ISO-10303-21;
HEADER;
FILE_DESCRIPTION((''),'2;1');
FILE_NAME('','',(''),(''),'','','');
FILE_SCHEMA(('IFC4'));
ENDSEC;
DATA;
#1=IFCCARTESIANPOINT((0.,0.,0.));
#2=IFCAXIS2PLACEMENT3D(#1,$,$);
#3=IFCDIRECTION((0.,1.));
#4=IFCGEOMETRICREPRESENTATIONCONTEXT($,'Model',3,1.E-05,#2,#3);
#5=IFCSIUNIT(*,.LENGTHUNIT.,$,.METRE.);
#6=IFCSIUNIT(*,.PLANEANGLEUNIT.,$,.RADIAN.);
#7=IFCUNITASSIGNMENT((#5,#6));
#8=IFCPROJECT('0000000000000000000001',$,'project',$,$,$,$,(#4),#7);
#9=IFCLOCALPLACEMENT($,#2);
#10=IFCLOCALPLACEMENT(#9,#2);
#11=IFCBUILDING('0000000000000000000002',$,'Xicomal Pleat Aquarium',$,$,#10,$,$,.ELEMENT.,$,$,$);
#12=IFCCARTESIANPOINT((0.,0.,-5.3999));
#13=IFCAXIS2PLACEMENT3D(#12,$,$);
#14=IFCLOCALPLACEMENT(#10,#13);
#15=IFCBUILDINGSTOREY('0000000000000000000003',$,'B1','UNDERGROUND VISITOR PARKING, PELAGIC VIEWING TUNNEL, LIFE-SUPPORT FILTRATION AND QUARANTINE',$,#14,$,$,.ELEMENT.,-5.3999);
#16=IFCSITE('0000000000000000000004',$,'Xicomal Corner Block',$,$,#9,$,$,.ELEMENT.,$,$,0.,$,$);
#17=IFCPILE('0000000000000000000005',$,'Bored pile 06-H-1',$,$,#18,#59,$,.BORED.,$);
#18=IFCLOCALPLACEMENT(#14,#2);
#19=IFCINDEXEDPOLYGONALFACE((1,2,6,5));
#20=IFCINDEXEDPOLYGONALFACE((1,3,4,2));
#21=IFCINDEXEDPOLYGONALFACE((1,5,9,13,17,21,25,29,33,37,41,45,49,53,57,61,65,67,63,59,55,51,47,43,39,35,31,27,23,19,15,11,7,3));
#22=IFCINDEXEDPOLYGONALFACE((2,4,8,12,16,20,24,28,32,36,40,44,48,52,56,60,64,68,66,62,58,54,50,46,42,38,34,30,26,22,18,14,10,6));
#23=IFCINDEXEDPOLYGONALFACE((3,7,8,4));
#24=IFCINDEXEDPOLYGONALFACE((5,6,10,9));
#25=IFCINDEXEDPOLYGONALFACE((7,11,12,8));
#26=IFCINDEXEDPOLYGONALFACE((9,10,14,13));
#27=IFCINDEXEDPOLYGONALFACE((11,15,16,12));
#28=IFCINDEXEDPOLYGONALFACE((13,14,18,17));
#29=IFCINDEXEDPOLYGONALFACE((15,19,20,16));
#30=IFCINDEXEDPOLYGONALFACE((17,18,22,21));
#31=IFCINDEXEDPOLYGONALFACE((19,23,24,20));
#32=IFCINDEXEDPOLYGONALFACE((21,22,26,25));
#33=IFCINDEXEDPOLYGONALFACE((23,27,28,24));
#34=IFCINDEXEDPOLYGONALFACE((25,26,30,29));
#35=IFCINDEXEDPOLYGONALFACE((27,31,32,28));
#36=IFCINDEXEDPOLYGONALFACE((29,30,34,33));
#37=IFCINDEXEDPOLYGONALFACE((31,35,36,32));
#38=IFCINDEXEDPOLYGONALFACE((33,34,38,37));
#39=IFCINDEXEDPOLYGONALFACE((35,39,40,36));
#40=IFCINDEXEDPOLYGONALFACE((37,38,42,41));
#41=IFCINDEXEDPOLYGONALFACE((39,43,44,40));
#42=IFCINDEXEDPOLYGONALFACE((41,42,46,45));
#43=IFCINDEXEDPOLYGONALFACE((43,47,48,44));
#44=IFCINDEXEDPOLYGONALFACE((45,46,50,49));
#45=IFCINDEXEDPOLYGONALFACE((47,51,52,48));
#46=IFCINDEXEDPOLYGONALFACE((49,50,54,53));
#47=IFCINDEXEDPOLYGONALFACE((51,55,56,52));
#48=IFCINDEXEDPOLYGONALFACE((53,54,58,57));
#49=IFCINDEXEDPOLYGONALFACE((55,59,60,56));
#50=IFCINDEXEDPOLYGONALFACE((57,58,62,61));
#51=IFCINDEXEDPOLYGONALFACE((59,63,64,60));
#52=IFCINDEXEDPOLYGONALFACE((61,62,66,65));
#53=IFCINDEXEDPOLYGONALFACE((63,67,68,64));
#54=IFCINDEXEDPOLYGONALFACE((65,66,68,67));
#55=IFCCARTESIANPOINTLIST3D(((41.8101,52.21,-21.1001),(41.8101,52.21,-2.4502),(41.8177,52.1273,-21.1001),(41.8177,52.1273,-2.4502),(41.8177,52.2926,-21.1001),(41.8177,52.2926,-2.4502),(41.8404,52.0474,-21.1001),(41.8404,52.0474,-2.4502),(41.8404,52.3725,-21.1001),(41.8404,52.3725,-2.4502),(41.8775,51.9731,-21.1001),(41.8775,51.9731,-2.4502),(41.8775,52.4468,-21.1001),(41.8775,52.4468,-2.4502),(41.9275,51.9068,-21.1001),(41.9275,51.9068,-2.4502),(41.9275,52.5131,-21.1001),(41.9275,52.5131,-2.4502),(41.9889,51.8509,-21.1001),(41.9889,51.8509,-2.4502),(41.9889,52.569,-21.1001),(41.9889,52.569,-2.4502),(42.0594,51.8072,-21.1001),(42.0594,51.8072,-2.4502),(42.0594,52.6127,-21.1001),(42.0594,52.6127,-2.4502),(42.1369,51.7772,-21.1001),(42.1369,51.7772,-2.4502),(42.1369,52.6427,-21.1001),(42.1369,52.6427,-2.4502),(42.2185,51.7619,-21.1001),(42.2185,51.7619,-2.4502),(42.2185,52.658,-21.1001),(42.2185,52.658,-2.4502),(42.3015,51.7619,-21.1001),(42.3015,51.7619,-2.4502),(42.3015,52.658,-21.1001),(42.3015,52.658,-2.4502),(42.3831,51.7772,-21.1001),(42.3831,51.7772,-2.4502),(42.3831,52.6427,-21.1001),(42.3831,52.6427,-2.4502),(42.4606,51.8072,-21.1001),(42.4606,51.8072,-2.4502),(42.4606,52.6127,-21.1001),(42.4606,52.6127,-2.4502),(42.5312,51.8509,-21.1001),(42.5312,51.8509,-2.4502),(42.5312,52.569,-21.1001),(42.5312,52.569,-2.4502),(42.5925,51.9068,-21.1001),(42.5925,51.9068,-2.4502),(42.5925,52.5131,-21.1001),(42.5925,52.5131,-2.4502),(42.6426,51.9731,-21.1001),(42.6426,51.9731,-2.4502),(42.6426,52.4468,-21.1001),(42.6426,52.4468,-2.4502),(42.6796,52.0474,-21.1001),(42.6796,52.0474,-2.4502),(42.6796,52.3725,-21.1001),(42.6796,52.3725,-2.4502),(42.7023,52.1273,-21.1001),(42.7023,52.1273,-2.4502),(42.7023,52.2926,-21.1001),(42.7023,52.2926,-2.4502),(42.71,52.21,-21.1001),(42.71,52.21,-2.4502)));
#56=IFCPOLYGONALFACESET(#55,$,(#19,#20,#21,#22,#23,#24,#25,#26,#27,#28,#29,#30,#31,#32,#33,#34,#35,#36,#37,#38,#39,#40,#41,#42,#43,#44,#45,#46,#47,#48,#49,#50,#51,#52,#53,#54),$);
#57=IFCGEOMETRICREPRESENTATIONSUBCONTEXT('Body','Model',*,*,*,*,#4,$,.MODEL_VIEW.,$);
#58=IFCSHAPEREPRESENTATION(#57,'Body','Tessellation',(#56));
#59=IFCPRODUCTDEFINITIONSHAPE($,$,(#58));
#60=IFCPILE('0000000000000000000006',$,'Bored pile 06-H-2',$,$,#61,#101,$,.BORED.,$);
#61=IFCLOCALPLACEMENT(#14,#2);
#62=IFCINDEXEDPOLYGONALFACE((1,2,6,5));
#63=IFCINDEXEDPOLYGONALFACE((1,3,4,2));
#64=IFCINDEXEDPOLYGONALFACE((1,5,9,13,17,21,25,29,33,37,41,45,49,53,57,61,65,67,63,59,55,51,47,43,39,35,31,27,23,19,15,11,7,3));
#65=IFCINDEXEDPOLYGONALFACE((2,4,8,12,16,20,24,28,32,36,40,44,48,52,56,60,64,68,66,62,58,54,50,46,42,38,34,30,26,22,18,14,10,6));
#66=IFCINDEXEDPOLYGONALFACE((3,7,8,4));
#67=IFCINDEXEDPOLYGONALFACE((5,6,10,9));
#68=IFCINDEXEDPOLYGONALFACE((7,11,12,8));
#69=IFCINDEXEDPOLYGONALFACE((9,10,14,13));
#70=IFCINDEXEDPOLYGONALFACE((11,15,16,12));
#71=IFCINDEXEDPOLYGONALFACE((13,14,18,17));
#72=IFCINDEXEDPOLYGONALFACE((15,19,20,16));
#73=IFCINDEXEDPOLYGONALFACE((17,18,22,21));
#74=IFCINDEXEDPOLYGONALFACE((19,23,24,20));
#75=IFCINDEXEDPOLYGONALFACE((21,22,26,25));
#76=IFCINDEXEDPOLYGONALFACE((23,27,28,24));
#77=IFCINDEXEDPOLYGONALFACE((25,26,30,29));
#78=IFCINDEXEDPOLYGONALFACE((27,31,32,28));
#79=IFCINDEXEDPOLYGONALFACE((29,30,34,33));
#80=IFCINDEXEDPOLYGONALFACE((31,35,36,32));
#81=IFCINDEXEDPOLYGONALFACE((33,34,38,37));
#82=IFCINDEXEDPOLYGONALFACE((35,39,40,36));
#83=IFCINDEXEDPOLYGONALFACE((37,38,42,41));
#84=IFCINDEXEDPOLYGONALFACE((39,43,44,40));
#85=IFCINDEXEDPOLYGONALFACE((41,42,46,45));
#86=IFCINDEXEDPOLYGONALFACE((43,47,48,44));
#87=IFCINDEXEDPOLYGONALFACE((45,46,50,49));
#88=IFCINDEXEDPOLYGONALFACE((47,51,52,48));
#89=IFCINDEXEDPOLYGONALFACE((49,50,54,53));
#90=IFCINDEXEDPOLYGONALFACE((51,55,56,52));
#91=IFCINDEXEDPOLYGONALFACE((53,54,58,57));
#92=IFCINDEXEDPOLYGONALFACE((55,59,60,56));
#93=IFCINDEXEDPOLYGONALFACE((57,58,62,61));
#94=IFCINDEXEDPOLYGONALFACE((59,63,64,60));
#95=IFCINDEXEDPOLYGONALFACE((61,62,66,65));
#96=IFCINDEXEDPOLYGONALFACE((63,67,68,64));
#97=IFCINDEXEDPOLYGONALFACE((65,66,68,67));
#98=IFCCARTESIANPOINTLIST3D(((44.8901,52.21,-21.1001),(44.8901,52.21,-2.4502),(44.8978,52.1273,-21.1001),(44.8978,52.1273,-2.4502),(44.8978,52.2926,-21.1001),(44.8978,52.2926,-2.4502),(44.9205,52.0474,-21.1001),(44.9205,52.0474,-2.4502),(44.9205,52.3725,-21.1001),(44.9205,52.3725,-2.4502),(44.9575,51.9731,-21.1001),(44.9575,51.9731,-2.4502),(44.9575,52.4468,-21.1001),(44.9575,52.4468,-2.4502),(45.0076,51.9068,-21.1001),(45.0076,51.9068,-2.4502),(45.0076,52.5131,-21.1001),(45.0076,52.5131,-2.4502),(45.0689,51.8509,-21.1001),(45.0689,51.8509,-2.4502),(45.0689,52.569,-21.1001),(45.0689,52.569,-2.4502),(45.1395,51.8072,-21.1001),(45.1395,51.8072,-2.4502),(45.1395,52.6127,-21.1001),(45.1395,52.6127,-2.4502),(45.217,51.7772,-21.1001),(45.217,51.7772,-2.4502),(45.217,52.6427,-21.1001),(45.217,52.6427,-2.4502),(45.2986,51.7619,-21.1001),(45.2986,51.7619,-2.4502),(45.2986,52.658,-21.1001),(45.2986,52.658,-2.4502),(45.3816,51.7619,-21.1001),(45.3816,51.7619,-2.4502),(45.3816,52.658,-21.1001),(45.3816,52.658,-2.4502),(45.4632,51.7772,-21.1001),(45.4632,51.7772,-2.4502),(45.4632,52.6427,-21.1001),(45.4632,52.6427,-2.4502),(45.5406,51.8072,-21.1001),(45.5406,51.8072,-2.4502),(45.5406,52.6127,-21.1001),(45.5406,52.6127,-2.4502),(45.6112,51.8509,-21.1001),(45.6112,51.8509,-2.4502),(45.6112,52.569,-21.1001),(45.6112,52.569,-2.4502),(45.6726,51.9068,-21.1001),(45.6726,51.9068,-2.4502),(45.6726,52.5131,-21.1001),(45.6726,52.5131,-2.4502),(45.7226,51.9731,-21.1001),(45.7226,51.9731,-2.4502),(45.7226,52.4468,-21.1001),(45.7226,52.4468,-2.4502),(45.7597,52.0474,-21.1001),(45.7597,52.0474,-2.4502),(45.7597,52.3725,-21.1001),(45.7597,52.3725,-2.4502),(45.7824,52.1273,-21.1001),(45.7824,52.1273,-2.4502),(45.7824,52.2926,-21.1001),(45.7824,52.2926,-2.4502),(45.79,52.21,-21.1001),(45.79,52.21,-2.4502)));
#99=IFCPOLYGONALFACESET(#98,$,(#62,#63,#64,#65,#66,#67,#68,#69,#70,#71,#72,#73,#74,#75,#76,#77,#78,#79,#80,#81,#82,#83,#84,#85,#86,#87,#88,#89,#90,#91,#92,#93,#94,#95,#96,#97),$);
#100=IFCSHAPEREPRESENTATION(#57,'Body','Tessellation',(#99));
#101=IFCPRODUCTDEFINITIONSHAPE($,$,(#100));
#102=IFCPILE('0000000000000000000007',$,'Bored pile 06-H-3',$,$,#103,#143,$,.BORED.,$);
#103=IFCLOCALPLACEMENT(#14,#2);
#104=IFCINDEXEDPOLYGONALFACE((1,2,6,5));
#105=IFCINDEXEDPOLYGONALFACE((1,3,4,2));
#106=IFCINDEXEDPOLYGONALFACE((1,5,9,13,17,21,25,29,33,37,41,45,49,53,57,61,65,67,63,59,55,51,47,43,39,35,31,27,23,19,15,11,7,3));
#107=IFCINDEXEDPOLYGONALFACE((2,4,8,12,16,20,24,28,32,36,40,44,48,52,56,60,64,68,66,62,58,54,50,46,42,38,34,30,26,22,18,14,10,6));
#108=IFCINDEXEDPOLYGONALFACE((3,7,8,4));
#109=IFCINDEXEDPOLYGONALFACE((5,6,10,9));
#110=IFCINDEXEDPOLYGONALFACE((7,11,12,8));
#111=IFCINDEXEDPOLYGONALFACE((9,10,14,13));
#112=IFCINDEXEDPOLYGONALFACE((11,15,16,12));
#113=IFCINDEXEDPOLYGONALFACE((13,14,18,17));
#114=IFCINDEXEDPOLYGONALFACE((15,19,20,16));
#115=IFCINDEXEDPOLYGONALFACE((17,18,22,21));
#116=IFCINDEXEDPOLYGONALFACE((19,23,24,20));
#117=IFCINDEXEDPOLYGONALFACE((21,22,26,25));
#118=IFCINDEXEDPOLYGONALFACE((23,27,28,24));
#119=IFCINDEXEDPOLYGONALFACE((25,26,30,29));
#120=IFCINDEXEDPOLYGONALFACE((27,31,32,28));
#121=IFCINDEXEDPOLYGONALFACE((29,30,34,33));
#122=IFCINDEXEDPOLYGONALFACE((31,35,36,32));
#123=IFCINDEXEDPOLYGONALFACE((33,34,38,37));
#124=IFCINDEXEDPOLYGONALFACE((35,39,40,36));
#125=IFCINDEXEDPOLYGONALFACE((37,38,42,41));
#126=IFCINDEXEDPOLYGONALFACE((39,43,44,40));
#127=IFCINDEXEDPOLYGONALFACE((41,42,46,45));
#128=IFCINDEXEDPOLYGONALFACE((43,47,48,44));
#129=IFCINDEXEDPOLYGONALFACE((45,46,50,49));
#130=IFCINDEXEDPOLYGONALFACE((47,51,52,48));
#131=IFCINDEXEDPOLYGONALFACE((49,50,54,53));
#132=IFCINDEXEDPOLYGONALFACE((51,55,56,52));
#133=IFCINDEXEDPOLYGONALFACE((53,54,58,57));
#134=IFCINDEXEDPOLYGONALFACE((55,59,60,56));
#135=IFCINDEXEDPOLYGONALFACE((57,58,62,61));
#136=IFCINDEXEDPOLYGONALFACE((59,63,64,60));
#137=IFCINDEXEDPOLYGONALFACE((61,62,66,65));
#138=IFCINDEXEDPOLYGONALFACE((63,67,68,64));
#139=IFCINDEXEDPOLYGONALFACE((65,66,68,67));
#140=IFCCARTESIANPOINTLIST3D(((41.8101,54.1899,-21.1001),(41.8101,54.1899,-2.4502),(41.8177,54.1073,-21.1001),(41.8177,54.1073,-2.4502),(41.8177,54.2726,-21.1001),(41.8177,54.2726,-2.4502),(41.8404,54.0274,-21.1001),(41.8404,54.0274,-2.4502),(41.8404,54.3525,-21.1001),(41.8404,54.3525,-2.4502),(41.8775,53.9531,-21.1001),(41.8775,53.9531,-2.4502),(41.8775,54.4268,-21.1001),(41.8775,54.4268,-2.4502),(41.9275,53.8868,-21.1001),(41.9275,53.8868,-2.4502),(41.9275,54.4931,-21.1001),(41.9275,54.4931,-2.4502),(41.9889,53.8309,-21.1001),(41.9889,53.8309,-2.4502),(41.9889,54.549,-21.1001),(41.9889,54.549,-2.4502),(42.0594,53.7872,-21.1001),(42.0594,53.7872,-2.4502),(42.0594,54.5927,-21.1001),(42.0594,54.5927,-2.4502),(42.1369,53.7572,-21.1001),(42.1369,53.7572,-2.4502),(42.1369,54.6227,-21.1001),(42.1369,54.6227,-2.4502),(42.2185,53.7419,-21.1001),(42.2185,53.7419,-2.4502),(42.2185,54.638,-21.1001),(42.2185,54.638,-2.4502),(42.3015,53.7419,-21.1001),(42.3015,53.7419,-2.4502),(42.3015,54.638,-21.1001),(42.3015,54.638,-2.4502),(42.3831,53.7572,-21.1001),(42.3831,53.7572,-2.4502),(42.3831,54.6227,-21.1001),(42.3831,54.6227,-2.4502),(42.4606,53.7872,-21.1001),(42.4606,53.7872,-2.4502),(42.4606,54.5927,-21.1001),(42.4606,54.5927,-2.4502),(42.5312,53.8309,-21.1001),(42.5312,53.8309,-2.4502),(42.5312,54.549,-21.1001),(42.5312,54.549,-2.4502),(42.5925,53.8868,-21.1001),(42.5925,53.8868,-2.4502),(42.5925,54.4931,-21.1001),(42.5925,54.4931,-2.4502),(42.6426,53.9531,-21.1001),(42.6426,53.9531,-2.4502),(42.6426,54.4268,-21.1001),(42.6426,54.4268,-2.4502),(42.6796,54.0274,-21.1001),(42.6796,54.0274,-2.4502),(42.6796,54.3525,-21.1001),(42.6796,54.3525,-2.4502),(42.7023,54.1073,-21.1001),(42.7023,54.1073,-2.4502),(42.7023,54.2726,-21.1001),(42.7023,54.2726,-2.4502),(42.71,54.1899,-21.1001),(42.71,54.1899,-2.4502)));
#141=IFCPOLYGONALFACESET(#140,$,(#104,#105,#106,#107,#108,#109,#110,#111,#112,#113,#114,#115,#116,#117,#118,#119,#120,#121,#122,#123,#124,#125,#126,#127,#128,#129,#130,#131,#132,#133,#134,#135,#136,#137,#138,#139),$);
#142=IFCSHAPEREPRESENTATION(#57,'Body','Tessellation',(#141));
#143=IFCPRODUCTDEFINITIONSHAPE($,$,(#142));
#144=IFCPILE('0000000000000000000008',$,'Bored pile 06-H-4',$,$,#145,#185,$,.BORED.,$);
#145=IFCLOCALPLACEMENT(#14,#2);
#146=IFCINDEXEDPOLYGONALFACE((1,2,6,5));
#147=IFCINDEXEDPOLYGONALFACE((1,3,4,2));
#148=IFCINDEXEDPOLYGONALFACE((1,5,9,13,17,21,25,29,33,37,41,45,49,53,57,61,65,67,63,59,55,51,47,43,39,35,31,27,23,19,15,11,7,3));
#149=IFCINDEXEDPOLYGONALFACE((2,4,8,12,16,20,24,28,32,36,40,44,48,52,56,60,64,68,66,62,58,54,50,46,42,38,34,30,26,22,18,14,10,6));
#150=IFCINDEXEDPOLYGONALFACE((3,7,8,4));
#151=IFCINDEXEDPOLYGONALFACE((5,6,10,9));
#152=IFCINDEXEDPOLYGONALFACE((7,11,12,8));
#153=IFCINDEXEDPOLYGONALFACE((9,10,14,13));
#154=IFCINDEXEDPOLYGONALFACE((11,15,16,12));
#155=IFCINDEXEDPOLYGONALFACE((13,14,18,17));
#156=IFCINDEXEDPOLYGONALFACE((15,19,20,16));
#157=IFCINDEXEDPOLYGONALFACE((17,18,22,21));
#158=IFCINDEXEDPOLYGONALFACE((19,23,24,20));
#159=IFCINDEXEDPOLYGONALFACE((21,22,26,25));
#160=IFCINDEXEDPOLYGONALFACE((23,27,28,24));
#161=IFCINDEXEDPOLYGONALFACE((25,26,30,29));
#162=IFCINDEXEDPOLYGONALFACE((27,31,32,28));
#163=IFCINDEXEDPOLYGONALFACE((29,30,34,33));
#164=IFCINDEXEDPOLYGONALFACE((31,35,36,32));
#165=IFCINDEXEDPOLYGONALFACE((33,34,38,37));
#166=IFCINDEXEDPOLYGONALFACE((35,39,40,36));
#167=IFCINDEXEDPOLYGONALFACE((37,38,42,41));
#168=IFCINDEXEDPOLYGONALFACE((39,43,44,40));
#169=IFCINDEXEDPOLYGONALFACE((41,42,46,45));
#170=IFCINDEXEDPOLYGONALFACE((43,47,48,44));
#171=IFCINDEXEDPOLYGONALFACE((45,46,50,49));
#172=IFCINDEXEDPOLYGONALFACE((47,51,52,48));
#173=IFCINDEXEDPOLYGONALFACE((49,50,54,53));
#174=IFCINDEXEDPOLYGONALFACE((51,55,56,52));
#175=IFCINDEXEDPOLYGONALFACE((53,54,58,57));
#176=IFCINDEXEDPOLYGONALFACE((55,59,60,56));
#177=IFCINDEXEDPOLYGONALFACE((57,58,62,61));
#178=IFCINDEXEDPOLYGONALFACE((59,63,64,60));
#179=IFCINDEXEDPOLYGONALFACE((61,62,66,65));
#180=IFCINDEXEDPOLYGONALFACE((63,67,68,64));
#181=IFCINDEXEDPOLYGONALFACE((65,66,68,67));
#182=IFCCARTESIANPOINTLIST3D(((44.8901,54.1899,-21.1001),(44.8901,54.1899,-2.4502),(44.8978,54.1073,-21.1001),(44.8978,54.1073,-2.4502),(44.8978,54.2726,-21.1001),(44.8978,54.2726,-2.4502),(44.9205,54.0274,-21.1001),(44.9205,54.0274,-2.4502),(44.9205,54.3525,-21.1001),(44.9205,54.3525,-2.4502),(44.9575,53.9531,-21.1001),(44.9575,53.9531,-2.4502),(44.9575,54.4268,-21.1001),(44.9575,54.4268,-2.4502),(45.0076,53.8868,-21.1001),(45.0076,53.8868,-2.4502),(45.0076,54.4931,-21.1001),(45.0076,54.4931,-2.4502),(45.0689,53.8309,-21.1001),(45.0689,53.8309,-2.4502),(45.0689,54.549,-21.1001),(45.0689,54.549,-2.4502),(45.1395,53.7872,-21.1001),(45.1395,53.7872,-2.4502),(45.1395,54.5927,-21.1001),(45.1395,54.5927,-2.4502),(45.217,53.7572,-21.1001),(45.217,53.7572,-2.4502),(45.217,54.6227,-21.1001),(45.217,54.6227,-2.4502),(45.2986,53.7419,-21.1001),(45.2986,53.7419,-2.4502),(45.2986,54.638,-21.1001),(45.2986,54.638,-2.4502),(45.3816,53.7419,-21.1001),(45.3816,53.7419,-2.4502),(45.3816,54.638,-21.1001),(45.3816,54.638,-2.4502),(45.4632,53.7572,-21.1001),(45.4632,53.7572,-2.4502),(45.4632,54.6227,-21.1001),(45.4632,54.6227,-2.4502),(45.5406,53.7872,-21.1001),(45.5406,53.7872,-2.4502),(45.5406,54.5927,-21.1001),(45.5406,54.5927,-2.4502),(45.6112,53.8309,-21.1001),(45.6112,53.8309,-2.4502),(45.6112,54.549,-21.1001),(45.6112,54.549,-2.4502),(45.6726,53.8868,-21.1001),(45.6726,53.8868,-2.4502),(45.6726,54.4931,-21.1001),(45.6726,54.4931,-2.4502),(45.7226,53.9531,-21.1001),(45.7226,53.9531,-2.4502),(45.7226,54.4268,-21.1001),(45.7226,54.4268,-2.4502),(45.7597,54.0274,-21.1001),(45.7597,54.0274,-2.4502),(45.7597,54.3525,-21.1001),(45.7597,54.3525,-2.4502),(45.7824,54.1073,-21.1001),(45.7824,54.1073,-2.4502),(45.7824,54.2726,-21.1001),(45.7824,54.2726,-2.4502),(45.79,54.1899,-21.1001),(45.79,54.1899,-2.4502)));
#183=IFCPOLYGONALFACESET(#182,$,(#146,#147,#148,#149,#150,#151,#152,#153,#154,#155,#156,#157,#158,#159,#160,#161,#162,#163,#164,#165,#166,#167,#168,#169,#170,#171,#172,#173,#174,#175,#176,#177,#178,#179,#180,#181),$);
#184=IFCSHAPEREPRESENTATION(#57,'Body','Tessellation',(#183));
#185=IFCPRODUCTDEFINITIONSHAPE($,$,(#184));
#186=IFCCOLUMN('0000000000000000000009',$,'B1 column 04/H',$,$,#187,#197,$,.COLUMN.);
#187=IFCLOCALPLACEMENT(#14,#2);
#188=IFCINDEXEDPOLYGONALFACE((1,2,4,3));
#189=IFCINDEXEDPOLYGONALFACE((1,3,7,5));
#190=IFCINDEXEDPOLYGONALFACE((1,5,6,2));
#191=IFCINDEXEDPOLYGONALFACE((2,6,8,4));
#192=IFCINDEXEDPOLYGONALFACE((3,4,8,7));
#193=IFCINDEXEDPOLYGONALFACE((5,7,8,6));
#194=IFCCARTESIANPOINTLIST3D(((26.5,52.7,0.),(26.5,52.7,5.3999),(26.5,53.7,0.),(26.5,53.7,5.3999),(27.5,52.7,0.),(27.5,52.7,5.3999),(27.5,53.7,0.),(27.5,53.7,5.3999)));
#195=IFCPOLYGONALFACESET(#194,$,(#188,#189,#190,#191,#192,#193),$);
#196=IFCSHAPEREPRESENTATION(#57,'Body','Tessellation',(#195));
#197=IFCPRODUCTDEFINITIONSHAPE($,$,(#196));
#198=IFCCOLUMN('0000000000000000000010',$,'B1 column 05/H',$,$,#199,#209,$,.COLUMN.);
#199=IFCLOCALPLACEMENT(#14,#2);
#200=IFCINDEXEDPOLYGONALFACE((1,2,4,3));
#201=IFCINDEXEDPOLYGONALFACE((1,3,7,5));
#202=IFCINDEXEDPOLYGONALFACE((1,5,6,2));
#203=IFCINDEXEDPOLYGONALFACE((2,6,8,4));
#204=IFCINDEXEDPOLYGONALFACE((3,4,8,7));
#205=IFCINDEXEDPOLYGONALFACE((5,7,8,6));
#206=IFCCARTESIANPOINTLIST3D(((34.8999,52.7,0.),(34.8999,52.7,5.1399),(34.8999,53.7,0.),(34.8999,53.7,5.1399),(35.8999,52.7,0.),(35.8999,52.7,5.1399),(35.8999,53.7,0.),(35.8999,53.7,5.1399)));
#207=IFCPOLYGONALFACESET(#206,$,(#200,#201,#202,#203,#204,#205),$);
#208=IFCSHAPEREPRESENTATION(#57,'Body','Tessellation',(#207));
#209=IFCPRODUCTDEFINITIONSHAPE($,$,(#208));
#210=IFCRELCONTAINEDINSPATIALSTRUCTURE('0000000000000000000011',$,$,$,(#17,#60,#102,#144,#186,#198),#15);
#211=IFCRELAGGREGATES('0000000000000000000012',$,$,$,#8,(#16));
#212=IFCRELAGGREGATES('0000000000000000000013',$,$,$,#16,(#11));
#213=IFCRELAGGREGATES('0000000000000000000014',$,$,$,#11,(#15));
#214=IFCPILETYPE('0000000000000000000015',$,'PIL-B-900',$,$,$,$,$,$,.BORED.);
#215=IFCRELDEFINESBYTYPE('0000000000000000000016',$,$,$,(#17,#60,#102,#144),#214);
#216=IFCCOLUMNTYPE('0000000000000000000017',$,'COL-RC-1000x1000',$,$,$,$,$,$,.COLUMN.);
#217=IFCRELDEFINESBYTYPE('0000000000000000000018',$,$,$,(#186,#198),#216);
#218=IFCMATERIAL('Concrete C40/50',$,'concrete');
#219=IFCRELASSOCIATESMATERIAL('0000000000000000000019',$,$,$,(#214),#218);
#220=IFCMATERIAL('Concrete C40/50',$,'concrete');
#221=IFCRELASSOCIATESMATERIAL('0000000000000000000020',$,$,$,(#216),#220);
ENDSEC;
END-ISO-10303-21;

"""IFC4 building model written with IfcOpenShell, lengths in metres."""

from ifc_helpers import new_model, si_unit, direction, frame, origin, origin_2d, place, context, subcontext, project, spatial, rectangle, circle, extrude, material, material_profile, profile_set, type_object, element, save


model = new_model("IFC4")

# Units and contexts
model_context = context("Model", 3, precision=1e-05, world=origin(), true_north=direction((0.0, 1.0)))
body_context = subcontext(model_context, "Body", "Model", "MODEL_VIEW")
ifc_project = project(units=[si_unit("LENGTHUNIT", "METRE"), si_unit("PLANEANGLEUNIT", "RADIAN")], contexts=[model_context])

# Site, building, storey
site_placement = place(None, origin())
site = spatial("IfcSite", under=ifc_project, at=site_placement, Name="Xicomal Corner Block", CompositionType="ELEMENT", RefElevation=0.0)
building_placement = place(site_placement, origin())
building = spatial("IfcBuilding", under=site, at=building_placement, Name="Xicomal Pleat Aquarium", CompositionType="ELEMENT")
storey_placement = place(building_placement, frame((0.0, 0.0, -5.3999)))
storey = spatial("IfcBuildingStorey", under=building, at=storey_placement, Name="B1", Description="UNDERGROUND VISITOR PARKING, PELAGIC VIEWING TUNNEL, LIFE-SUPPORT FILTRATION AND QUARANTINE", CompositionType="ELEMENT", Elevation=-5.3999)

# Piles
ifc_material_1 = material(Name="Concrete C40/50", Category="concrete")
ifc_material_profile_1 = material_profile(ifc_material_1, circle(Radius=0.45, at=origin_2d()), Name="BORED PILE D900")
ifc_profile_set_1 = profile_set([ifc_material_profile_1], Name="Concrete C40/50")
pile_type_1 = type_object("IfcPileType", Name="PIL-B-900", PredefinedType="BORED", material=ifc_profile_set_1)
for number, where, z_axis, x_axis, name in (
    (1, (42.26, 52.21, -2.4502), (0.0, 0.0, -1.0), (1.0, 0.0, 0.0), "Bored pile 06-H-1"),
    (2, (45.3401, 52.21, -2.4502), (0.0, 0.0, -1.0), (1.0, 0.0, 0.0), "Bored pile 06-H-2"),
    (3, (42.26, 54.1899, -2.4502), (0.0, 0.0, -1.0), (1.0, 0.0, 0.0), "Bored pile 06-H-3"),
    (4, (45.3401, 54.1899, -2.4502), (0.0, 0.0, -1.0), (1.0, 0.0, 0.0), "Bored pile 06-H-4"),
):
    element("IfcPile", number, at=place(storey_placement, frame(where, z_axis=z_axis, x_axis=x_axis)), inside=storey, type_object=pile_type_1, Name=name, PredefinedType="BORED", context=body_context, shape_type="SweptSolid", body=[
        extrude(circle(Radius=0.45, at=origin_2d()), origin(), (0.0, 0.0, 1.0), 18.6499),
    ])

# Columns
ifc_material_2 = material(Name="Concrete C40/50", Category="concrete")
ifc_material_profile_2 = material_profile(ifc_material_2, rectangle(XDim=1.0, YDim=1.0, at=origin_2d()), Name="RC 1000x1000")
ifc_profile_set_2 = profile_set([ifc_material_profile_2], Name="Concrete C40/50")
column_type_1 = type_object("IfcColumnType", Name="COL-RC-1000x1000", PredefinedType="COLUMN", material=ifc_profile_set_2)
column_1_placement = place(storey_placement, frame((27.0, 53.2, 0.0), z_axis=(0.0, 0.0, 1.0), x_axis=(1.0, 0.0, 0.0)))
element("IfcColumn", 5, at=column_1_placement, inside=storey, type_object=column_type_1, Name="B1 column 04/H", PredefinedType="COLUMN", context=body_context, shape_type="SweptSolid", body=[
    extrude(rectangle(XDim=1.0, YDim=1.0, at=origin_2d()), origin(), (0.0, 0.0, 1.0), 5.3999),
])
column_2_placement = place(storey_placement, frame((35.3999, 53.2, 0.0), z_axis=(0.0, 0.0, 1.0), x_axis=(1.0, 0.0, 0.0)))
element("IfcColumn", 6, at=column_2_placement, inside=storey, type_object=column_type_1, Name="B1 column 05/H", PredefinedType="COLUMN", context=body_context, shape_type="SweptSolid", body=[
    extrude(rectangle(XDim=1.0, YDim=1.0, at=origin_2d()), origin(), (0.0, 0.0, 1.0), 5.1399),
])

save(model, "model.ifc")
